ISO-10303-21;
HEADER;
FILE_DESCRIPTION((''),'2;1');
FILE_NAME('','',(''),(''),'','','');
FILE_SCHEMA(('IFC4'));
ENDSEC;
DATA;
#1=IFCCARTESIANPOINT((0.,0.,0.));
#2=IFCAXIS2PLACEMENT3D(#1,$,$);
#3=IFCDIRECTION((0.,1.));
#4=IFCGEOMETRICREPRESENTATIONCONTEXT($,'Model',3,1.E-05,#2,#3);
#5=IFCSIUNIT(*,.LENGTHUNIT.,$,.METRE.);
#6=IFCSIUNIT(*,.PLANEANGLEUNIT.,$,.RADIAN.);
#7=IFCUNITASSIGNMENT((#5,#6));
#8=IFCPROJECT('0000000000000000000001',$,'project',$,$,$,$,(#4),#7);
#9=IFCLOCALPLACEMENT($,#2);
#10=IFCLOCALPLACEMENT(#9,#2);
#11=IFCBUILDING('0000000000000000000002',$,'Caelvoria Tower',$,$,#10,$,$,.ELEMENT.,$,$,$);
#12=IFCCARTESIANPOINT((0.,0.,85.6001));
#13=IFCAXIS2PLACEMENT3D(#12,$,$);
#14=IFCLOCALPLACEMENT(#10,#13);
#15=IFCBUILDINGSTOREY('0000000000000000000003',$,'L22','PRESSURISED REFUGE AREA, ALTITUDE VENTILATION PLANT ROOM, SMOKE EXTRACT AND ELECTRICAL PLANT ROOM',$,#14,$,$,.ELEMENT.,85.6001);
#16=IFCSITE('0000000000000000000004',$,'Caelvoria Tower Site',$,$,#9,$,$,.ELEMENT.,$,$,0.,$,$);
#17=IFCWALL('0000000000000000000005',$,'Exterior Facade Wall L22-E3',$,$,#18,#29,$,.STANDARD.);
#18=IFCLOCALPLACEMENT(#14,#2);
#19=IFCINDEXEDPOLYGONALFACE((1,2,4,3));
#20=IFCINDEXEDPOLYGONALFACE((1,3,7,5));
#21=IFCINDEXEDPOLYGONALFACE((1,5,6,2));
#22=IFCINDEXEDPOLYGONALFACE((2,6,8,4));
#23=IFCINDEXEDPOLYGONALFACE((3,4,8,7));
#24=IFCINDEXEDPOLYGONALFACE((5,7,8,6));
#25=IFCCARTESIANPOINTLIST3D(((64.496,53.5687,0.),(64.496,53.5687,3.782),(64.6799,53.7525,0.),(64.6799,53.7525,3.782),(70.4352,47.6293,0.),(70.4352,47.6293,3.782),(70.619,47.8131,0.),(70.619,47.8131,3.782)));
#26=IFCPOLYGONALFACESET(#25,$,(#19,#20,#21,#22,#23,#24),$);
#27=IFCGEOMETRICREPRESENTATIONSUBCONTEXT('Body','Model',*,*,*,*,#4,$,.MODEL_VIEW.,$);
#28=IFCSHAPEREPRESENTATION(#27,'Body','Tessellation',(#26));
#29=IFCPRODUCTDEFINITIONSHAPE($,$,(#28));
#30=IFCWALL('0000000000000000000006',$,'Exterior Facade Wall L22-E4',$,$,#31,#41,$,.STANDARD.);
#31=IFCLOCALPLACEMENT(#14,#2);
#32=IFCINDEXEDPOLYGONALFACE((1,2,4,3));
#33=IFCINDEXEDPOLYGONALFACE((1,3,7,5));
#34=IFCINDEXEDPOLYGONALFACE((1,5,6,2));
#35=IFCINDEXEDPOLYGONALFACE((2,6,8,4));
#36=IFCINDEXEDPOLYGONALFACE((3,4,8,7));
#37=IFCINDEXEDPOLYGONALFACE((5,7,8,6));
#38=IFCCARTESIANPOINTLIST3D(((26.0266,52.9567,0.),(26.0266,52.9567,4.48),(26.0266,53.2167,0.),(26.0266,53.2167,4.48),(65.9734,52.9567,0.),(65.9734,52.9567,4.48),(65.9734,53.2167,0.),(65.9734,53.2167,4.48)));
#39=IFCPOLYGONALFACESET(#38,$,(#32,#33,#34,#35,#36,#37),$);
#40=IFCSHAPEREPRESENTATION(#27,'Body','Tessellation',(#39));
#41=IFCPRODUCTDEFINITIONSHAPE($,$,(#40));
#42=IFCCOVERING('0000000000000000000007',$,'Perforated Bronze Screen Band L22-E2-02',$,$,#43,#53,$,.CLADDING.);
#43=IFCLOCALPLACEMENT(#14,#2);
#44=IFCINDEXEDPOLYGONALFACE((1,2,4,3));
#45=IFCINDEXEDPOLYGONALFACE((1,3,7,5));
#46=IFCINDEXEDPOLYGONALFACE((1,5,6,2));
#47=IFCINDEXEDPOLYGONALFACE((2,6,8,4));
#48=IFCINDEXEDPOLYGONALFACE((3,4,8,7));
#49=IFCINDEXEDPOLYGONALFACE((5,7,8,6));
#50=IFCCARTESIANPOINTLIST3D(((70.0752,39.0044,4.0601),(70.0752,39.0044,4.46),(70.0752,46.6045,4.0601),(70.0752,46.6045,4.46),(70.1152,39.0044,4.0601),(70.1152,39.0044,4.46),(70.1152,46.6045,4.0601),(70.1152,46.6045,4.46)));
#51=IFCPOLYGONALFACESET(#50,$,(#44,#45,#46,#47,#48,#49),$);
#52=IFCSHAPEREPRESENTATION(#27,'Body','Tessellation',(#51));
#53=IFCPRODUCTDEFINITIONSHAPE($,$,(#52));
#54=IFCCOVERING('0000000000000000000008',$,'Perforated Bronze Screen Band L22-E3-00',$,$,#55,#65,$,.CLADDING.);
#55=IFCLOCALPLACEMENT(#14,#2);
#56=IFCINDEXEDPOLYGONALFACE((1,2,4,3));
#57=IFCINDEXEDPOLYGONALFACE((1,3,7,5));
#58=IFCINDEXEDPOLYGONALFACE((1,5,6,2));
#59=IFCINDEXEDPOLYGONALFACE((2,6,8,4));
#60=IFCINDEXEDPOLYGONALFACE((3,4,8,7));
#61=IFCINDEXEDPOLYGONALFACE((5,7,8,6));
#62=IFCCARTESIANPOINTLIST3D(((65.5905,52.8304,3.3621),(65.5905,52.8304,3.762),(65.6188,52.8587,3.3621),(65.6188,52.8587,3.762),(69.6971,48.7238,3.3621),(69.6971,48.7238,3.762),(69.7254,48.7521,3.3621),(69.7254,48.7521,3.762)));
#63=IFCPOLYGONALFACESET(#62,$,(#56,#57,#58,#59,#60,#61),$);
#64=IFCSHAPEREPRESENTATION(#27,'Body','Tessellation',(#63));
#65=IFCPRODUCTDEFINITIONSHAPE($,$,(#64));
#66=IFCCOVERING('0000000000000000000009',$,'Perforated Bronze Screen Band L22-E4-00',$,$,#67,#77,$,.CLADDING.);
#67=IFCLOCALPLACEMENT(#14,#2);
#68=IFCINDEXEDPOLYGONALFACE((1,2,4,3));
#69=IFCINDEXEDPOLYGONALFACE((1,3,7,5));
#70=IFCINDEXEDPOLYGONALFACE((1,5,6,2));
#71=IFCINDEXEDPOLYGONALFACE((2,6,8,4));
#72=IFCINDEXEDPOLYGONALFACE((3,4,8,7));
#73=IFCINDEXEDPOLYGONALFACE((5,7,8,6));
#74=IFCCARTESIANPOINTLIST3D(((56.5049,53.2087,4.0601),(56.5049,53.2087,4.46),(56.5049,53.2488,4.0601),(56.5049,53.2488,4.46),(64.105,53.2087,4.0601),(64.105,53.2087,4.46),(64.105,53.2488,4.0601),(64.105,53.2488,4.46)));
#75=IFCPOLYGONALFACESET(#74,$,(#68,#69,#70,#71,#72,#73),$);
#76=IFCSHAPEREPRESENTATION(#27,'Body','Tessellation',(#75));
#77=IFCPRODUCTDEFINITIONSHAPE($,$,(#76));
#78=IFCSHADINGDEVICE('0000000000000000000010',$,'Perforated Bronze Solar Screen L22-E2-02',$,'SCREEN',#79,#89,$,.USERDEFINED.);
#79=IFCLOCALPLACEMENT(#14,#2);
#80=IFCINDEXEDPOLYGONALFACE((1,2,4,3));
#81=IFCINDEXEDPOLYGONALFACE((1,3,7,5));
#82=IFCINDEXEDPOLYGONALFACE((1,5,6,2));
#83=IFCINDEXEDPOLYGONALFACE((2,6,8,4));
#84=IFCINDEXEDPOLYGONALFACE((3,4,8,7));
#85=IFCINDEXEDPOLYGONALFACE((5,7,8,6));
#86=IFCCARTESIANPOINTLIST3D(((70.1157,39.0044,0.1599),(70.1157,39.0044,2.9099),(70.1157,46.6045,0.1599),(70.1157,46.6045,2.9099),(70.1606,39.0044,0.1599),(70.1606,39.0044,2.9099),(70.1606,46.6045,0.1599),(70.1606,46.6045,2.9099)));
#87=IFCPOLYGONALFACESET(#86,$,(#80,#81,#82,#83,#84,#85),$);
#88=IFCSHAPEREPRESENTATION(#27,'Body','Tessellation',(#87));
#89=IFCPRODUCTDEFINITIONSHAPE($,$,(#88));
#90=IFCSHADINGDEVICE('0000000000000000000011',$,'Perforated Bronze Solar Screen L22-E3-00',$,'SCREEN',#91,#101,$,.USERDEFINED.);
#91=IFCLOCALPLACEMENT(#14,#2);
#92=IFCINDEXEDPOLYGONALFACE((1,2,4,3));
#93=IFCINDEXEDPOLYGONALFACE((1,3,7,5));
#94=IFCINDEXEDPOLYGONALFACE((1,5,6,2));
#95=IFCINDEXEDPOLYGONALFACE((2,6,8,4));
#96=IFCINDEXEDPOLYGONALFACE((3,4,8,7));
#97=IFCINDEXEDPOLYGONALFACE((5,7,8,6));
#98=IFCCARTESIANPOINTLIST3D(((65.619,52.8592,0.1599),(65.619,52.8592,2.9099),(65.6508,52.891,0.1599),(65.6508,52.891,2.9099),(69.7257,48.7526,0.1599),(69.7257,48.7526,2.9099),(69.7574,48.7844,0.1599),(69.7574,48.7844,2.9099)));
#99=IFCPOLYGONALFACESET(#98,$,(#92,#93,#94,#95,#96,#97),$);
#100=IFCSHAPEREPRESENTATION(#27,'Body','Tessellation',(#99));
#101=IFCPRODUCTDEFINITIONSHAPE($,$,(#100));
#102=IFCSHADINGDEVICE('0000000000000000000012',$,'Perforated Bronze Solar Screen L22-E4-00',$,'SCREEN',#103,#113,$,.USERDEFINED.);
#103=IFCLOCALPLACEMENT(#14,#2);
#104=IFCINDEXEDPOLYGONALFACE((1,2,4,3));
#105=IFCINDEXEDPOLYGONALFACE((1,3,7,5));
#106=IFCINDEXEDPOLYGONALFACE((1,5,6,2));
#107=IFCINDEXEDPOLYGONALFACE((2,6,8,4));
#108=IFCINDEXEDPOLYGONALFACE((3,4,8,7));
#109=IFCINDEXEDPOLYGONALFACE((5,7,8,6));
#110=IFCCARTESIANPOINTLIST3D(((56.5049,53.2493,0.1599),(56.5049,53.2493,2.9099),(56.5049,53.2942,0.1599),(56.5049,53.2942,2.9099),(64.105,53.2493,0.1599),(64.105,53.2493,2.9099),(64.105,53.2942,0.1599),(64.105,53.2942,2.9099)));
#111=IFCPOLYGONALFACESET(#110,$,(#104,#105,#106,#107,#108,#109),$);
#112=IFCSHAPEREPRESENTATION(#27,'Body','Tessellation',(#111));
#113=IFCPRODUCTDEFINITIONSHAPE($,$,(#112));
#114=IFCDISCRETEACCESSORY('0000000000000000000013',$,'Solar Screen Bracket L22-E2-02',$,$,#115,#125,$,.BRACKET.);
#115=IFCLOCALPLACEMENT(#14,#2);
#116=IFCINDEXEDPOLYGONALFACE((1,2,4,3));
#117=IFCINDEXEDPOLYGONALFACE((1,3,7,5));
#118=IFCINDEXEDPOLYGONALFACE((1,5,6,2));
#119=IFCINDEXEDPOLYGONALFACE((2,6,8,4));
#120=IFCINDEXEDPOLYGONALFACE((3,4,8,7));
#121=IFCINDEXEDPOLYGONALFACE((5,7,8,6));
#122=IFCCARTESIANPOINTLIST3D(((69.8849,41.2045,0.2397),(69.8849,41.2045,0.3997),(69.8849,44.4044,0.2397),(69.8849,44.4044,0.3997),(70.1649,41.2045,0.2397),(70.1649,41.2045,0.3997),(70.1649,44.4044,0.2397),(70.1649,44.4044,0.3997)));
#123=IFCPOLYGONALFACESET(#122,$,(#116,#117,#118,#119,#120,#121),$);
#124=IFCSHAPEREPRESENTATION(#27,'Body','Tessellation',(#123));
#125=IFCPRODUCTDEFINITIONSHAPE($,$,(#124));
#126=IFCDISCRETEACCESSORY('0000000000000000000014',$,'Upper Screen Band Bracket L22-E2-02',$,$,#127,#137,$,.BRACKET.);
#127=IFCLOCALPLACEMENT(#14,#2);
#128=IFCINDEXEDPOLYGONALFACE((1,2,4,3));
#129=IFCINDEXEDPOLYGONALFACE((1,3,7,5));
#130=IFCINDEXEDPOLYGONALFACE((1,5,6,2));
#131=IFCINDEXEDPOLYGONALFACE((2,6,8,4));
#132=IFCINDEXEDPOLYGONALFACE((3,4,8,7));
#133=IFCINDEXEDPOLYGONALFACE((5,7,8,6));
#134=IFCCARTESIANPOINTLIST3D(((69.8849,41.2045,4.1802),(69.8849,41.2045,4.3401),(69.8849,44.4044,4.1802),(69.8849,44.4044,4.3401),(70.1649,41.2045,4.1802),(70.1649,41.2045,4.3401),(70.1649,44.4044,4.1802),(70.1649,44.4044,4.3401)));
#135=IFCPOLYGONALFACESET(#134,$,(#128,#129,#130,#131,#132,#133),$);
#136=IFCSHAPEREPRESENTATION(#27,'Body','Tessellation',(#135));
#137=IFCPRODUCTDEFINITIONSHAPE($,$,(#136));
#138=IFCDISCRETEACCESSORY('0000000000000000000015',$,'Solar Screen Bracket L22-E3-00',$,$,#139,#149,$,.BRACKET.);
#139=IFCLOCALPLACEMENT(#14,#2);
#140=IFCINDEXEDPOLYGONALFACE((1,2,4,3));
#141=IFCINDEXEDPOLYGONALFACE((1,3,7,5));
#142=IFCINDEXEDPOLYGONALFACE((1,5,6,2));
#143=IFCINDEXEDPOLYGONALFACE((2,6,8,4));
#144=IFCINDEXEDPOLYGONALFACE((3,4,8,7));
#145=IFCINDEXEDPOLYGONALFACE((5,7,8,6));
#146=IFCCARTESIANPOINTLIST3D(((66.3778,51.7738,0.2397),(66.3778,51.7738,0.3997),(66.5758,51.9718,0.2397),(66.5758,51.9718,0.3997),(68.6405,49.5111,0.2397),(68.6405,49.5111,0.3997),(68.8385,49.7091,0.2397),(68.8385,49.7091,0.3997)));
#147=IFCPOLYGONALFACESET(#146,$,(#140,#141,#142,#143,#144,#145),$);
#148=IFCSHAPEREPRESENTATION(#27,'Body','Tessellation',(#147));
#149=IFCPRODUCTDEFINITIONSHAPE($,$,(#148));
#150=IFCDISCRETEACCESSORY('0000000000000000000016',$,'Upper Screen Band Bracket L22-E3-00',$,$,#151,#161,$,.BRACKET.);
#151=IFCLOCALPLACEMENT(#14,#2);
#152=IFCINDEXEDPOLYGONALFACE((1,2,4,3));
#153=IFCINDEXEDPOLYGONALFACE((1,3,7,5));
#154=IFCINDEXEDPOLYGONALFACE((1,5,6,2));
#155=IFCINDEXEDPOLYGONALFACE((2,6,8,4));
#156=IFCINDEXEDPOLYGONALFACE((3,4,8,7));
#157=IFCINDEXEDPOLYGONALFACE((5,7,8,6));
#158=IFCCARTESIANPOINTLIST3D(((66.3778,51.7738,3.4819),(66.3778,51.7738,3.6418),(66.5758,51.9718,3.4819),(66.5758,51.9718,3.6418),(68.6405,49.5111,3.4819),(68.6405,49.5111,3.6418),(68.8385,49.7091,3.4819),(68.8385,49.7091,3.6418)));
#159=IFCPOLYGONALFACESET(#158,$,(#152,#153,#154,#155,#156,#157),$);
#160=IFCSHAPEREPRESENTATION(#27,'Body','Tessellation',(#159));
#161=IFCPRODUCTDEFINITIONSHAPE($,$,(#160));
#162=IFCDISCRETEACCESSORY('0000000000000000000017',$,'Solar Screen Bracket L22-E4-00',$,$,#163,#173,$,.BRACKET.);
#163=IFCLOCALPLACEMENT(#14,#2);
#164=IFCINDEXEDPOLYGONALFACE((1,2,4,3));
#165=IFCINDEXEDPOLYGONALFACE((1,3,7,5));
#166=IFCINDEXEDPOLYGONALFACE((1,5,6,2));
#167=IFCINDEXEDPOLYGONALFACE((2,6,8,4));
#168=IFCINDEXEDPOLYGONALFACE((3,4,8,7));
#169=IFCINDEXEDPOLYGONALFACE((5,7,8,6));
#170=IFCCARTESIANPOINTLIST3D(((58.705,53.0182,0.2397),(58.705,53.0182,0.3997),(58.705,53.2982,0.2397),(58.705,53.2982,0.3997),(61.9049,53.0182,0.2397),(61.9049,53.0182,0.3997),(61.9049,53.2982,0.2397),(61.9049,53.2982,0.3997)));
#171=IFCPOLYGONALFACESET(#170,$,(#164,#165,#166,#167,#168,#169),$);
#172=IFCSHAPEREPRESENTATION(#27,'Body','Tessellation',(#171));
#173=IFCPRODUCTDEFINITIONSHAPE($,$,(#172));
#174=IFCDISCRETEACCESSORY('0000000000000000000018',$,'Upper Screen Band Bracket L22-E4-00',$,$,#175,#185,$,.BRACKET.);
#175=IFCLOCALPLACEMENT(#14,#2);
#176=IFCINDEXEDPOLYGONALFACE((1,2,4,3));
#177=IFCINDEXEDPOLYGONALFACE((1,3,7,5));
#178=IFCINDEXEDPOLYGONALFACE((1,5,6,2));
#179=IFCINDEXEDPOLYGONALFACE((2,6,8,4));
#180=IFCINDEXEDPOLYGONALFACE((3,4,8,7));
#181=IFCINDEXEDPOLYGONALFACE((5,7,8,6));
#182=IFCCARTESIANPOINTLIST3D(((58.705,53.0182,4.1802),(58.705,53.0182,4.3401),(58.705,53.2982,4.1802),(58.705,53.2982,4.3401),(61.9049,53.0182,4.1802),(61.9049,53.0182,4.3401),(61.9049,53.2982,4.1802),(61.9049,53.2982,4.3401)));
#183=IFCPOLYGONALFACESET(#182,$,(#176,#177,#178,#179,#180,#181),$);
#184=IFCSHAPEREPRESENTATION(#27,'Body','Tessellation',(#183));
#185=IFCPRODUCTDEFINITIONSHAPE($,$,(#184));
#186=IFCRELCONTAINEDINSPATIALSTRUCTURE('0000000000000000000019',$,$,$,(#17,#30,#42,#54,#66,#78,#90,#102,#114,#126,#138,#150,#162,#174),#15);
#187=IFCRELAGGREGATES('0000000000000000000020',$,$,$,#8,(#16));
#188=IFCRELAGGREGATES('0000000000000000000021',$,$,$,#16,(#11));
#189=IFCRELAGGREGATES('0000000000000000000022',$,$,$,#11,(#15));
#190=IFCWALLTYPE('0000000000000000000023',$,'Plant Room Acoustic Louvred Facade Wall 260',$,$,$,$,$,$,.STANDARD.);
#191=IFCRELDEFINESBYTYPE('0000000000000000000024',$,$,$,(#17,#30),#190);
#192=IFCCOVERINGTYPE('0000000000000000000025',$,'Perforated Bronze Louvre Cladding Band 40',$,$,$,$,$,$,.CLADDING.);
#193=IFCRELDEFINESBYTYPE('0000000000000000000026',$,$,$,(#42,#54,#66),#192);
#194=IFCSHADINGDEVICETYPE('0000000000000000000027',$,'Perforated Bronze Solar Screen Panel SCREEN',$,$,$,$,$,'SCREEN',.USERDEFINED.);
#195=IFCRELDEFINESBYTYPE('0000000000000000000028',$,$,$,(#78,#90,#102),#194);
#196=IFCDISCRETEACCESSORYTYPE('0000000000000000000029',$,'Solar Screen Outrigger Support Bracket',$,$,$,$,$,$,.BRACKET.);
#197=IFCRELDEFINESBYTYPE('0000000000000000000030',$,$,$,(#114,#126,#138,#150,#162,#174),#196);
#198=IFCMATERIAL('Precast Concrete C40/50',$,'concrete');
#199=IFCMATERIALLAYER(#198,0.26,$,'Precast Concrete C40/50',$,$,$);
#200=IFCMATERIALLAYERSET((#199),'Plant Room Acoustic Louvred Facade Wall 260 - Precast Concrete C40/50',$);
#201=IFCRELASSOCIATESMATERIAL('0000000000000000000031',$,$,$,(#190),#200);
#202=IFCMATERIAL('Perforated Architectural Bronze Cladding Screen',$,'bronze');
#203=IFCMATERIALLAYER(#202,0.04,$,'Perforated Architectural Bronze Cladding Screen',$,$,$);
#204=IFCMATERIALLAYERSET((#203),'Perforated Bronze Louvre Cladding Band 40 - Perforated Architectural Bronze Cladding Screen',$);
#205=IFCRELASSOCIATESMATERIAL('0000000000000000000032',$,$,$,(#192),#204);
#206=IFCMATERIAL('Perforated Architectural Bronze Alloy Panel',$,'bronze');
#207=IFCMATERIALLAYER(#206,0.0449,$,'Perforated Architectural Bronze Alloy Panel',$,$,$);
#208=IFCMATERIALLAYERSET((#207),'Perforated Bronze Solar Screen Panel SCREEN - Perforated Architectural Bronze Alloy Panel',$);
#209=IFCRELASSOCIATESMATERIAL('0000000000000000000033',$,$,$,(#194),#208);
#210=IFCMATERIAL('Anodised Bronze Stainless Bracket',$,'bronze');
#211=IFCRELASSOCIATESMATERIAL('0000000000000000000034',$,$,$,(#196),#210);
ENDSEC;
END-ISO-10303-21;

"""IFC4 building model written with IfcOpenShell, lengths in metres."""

from ifc_helpers import new_model, si_unit, direction, frame, frame_2d, origin, origin_2d, place, context, subcontext, project, spatial, rectangle, extrude, material, layer, layer_set, type_object, element, save


model = new_model("IFC4")

# Units and contexts
model_context = context("Model", 3, precision=1e-05, world=origin(), true_north=direction((0.0, 1.0)))
body_context = subcontext(model_context, "Body", "Model", "MODEL_VIEW")
ifc_project = project(units=[si_unit("LENGTHUNIT", "METRE"), si_unit("PLANEANGLEUNIT", "RADIAN")], contexts=[model_context])

# Site, building, storey
site_placement = place(None, origin())
site = spatial("IfcSite", under=ifc_project, at=site_placement, Name="Caelvoria Tower Site", CompositionType="ELEMENT", RefElevation=0.0)
building_placement = place(site_placement, origin())
building = spatial("IfcBuilding", under=site, at=building_placement, Name="Caelvoria Tower", CompositionType="ELEMENT")
storey_placement = place(building_placement, frame((0.0, 0.0, 85.6001)))
storey = spatial("IfcBuildingStorey", under=building, at=storey_placement, Name="L22", Description="PRESSURISED REFUGE AREA, ALTITUDE VENTILATION PLANT ROOM, SMOKE EXTRACT AND ELECTRICAL PLANT ROOM", CompositionType="ELEMENT", Elevation=85.6001)

# Walls
ifc_material_1 = material(Name="Precast Concrete C40/50", Category="concrete")
ifc_layer_1 = layer(ifc_material_1, 0.26, Name="Precast Concrete C40/50")
ifc_layer_set_1 = layer_set([ifc_layer_1], Name="Plant Room Acoustic Louvred Facade Wall 260 - Precast Concrete C40/50")
wall_type = type_object("IfcWallType", Name="Plant Room Acoustic Louvred Facade Wall 260", PredefinedType="STANDARD", material=ifc_layer_set_1)
wall_1_placement = place(storey_placement, frame((70.5271, 47.7212, 0.0), z_axis=(0.0, 0.0, 1.0), x_axis=(-0.707092, 0.707121, 0.0)))
element("IfcWall", 1, at=wall_1_placement, inside=storey, type_object=wall_type, Name="Exterior Facade Wall L22-E3", PredefinedType="STANDARD", context=body_context, shape_type="SweptSolid", body=[
    extrude(rectangle(XDim=8.3994, YDim=0.26, at=frame_2d((4.1997, 0.0))), origin(), (0.0, 0.0, 1.0), 3.782),
])
wall_2_placement = place(storey_placement, frame((65.9734, 53.0867, 0.0), z_axis=(0.0, 0.0, 1.0), x_axis=(-1.0, 0.0, 0.0)))
element("IfcWall", 2, at=wall_2_placement, inside=storey, type_object=wall_type, Name="Exterior Facade Wall L22-E4", PredefinedType="STANDARD", context=body_context, shape_type="SweptSolid", body=[
    extrude(rectangle(XDim=39.9468, YDim=0.26, at=frame_2d((19.9734, 0.0))), origin(), (0.0, 0.0, 1.0), 4.48),
])

# Coverings
ifc_material_2 = material(Name="Perforated Architectural Bronze Cladding Screen", Category="bronze")
ifc_layer_2 = layer(ifc_material_2, 0.04, Name="Perforated Architectural Bronze Cladding Screen")
ifc_layer_set_2 = layer_set([ifc_layer_2], Name="Perforated Bronze Louvre Cladding Band 40 - Perforated Architectural Bronze Cladding Screen")
covering_type = type_object("IfcCoveringType", Name="Perforated Bronze Louvre Cladding Band 40", PredefinedType="CLADDING", material=ifc_layer_set_2)
covering_1_placement = place(storey_placement, frame((70.0952, 42.8044, 4.0601), z_axis=(0.0, 0.0, 1.0), x_axis=(0.0, 1.0, 0.0)))
element("IfcCovering", 3, at=covering_1_placement, inside=storey, type_object=covering_type, Name="Perforated Bronze Screen Band L22-E2-02", PredefinedType="CLADDING", context=body_context, shape_type="SweptSolid", body=[
    extrude(rectangle(XDim=7.6001, YDim=0.04, at=origin_2d()), origin(), (0.0, 0.0, 1.0), 0.3999),
])
covering_2_placement = place(storey_placement, frame((67.658, 50.7913, 3.3621), z_axis=(0.0, 0.0, 1.0), x_axis=(-0.707107, 0.707107, 0.0)))
element("IfcCovering", 4, at=covering_2_placement, inside=storey, type_object=covering_type, Name="Perforated Bronze Screen Band L22-E3-00", PredefinedType="CLADDING", context=body_context, shape_type="SweptSolid", body=[
    extrude(rectangle(XDim=5.8076, YDim=0.04, at=origin_2d()), origin(), (0.0, 0.0, 1.0), 0.3999),
])
covering_3_placement = place(storey_placement, frame((60.3049, 53.2288, 4.0601), z_axis=(0.0, 0.0, 1.0), x_axis=(-1.0, 0.0, 0.0)))
element("IfcCovering", 5, at=covering_3_placement, inside=storey, type_object=covering_type, Name="Perforated Bronze Screen Band L22-E4-00", PredefinedType="CLADDING", context=body_context, shape_type="SweptSolid", body=[
    extrude(rectangle(XDim=7.6001, YDim=0.04, at=origin_2d()), origin(), (0.0, 0.0, 1.0), 0.3999),
])

# Shading devices
ifc_material_3 = material(Name="Perforated Architectural Bronze Alloy Panel", Category="bronze")
ifc_layer_3 = layer(ifc_material_3, 0.0449, Name="Perforated Architectural Bronze Alloy Panel")
ifc_layer_set_3 = layer_set([ifc_layer_3], Name="Perforated Bronze Solar Screen Panel SCREEN - Perforated Architectural Bronze Alloy Panel")
shading_device_type = type_object("IfcShadingDeviceType", Name="Perforated Bronze Solar Screen Panel SCREEN", ElementType="SCREEN", PredefinedType="USERDEFINED", material=ifc_layer_set_3)
shading_device_1_placement = place(storey_placement, frame((70.1382, 42.8044, 0.1599), z_axis=(0.0, 0.0, 1.0), x_axis=(0.0, 1.0, 0.0)))
element("IfcShadingDevice", 6, at=shading_device_1_placement, inside=storey, type_object=shading_device_type, Name="Perforated Bronze Solar Screen L22-E2-02", ObjectType="SCREEN", PredefinedType="USERDEFINED", context=body_context, shape_type="SweptSolid", body=[
    extrude(rectangle(XDim=7.6001, YDim=0.0449, at=origin_2d()), origin(), (0.0, 0.0, 1.0), 2.75),
])
shading_device_2_placement = place(storey_placement, frame((67.6882, 50.8218, 0.1599), z_axis=(0.0, 0.0, 1.0), x_axis=(-0.707107, 0.707107, 0.0)))
element("IfcShadingDevice", 7, at=shading_device_2_placement, inside=storey, type_object=shading_device_type, Name="Perforated Bronze Solar Screen L22-E3-00", ObjectType="SCREEN", PredefinedType="USERDEFINED", context=body_context, shape_type="SweptSolid", body=[
    extrude(rectangle(XDim=5.8076, YDim=0.0449, at=origin_2d()), origin(), (0.0, 0.0, 1.0), 2.75),
])
shading_device_3_placement = place(storey_placement, frame((60.3049, 53.2717, 0.1599), z_axis=(0.0, 0.0, 1.0), x_axis=(-1.0, 0.0, 0.0)))
element("IfcShadingDevice", 8, at=shading_device_3_placement, inside=storey, type_object=shading_device_type, Name="Perforated Bronze Solar Screen L22-E4-00", ObjectType="SCREEN", PredefinedType="USERDEFINED", context=body_context, shape_type="SweptSolid", body=[
    extrude(rectangle(XDim=7.6001, YDim=0.0449, at=origin_2d()), origin(), (0.0, 0.0, 1.0), 2.75),
])

# Discrete accessories
ifc_material_4 = material(Name="Anodised Bronze Stainless Bracket", Category="bronze")
discrete_accessory_type = type_object("IfcDiscreteAccessoryType", Name="Solar Screen Outrigger Support Bracket", PredefinedType="BRACKET", material=ifc_material_4)
for number, where, z_axis, x_axis, name in (
    (9, (70.0249, 42.8044, 0.2397), (0.0, 0.0, 1.0), (0.0, 1.0, 0.0), "Solar Screen Bracket L22-E2-02"),
    (10, (70.0249, 42.8044, 4.1802), (0.0, 0.0, 1.0), (0.0, 1.0, 0.0), "Upper Screen Band Bracket L22-E2-02"),
    (11, (67.6082, 50.7415, 0.2397), (0.0, 0.0, 1.0), (-0.707107, 0.707107, 0.0), "Solar Screen Bracket L22-E3-00"),
    (12, (67.6082, 50.7415, 3.4819), (0.0, 0.0, 1.0), (-0.707107, 0.707107, 0.0), "Upper Screen Band Bracket L22-E3-00"),
    (13, (60.3049, 53.1582, 0.2397), (0.0, 0.0, 1.0), (-1.0, 0.0, 0.0), "Solar Screen Bracket L22-E4-00"),
    (14, (60.3049, 53.1582, 4.1802), (0.0, 0.0, 1.0), (-1.0, 0.0, 0.0), "Upper Screen Band Bracket L22-E4-00"),
):
    element("IfcDiscreteAccessory", number, at=place(storey_placement, frame(where, z_axis=z_axis, x_axis=x_axis)), inside=storey, type_object=discrete_accessory_type, Name=name, PredefinedType="BRACKET", context=body_context, shape_type="SweptSolid", body=[
        extrude(rectangle(XDim=3.2, YDim=0.28, at=origin_2d()), origin(), (0.0, 0.0, 1.0), 0.1599),
    ])

save(model, "model.ifc")
